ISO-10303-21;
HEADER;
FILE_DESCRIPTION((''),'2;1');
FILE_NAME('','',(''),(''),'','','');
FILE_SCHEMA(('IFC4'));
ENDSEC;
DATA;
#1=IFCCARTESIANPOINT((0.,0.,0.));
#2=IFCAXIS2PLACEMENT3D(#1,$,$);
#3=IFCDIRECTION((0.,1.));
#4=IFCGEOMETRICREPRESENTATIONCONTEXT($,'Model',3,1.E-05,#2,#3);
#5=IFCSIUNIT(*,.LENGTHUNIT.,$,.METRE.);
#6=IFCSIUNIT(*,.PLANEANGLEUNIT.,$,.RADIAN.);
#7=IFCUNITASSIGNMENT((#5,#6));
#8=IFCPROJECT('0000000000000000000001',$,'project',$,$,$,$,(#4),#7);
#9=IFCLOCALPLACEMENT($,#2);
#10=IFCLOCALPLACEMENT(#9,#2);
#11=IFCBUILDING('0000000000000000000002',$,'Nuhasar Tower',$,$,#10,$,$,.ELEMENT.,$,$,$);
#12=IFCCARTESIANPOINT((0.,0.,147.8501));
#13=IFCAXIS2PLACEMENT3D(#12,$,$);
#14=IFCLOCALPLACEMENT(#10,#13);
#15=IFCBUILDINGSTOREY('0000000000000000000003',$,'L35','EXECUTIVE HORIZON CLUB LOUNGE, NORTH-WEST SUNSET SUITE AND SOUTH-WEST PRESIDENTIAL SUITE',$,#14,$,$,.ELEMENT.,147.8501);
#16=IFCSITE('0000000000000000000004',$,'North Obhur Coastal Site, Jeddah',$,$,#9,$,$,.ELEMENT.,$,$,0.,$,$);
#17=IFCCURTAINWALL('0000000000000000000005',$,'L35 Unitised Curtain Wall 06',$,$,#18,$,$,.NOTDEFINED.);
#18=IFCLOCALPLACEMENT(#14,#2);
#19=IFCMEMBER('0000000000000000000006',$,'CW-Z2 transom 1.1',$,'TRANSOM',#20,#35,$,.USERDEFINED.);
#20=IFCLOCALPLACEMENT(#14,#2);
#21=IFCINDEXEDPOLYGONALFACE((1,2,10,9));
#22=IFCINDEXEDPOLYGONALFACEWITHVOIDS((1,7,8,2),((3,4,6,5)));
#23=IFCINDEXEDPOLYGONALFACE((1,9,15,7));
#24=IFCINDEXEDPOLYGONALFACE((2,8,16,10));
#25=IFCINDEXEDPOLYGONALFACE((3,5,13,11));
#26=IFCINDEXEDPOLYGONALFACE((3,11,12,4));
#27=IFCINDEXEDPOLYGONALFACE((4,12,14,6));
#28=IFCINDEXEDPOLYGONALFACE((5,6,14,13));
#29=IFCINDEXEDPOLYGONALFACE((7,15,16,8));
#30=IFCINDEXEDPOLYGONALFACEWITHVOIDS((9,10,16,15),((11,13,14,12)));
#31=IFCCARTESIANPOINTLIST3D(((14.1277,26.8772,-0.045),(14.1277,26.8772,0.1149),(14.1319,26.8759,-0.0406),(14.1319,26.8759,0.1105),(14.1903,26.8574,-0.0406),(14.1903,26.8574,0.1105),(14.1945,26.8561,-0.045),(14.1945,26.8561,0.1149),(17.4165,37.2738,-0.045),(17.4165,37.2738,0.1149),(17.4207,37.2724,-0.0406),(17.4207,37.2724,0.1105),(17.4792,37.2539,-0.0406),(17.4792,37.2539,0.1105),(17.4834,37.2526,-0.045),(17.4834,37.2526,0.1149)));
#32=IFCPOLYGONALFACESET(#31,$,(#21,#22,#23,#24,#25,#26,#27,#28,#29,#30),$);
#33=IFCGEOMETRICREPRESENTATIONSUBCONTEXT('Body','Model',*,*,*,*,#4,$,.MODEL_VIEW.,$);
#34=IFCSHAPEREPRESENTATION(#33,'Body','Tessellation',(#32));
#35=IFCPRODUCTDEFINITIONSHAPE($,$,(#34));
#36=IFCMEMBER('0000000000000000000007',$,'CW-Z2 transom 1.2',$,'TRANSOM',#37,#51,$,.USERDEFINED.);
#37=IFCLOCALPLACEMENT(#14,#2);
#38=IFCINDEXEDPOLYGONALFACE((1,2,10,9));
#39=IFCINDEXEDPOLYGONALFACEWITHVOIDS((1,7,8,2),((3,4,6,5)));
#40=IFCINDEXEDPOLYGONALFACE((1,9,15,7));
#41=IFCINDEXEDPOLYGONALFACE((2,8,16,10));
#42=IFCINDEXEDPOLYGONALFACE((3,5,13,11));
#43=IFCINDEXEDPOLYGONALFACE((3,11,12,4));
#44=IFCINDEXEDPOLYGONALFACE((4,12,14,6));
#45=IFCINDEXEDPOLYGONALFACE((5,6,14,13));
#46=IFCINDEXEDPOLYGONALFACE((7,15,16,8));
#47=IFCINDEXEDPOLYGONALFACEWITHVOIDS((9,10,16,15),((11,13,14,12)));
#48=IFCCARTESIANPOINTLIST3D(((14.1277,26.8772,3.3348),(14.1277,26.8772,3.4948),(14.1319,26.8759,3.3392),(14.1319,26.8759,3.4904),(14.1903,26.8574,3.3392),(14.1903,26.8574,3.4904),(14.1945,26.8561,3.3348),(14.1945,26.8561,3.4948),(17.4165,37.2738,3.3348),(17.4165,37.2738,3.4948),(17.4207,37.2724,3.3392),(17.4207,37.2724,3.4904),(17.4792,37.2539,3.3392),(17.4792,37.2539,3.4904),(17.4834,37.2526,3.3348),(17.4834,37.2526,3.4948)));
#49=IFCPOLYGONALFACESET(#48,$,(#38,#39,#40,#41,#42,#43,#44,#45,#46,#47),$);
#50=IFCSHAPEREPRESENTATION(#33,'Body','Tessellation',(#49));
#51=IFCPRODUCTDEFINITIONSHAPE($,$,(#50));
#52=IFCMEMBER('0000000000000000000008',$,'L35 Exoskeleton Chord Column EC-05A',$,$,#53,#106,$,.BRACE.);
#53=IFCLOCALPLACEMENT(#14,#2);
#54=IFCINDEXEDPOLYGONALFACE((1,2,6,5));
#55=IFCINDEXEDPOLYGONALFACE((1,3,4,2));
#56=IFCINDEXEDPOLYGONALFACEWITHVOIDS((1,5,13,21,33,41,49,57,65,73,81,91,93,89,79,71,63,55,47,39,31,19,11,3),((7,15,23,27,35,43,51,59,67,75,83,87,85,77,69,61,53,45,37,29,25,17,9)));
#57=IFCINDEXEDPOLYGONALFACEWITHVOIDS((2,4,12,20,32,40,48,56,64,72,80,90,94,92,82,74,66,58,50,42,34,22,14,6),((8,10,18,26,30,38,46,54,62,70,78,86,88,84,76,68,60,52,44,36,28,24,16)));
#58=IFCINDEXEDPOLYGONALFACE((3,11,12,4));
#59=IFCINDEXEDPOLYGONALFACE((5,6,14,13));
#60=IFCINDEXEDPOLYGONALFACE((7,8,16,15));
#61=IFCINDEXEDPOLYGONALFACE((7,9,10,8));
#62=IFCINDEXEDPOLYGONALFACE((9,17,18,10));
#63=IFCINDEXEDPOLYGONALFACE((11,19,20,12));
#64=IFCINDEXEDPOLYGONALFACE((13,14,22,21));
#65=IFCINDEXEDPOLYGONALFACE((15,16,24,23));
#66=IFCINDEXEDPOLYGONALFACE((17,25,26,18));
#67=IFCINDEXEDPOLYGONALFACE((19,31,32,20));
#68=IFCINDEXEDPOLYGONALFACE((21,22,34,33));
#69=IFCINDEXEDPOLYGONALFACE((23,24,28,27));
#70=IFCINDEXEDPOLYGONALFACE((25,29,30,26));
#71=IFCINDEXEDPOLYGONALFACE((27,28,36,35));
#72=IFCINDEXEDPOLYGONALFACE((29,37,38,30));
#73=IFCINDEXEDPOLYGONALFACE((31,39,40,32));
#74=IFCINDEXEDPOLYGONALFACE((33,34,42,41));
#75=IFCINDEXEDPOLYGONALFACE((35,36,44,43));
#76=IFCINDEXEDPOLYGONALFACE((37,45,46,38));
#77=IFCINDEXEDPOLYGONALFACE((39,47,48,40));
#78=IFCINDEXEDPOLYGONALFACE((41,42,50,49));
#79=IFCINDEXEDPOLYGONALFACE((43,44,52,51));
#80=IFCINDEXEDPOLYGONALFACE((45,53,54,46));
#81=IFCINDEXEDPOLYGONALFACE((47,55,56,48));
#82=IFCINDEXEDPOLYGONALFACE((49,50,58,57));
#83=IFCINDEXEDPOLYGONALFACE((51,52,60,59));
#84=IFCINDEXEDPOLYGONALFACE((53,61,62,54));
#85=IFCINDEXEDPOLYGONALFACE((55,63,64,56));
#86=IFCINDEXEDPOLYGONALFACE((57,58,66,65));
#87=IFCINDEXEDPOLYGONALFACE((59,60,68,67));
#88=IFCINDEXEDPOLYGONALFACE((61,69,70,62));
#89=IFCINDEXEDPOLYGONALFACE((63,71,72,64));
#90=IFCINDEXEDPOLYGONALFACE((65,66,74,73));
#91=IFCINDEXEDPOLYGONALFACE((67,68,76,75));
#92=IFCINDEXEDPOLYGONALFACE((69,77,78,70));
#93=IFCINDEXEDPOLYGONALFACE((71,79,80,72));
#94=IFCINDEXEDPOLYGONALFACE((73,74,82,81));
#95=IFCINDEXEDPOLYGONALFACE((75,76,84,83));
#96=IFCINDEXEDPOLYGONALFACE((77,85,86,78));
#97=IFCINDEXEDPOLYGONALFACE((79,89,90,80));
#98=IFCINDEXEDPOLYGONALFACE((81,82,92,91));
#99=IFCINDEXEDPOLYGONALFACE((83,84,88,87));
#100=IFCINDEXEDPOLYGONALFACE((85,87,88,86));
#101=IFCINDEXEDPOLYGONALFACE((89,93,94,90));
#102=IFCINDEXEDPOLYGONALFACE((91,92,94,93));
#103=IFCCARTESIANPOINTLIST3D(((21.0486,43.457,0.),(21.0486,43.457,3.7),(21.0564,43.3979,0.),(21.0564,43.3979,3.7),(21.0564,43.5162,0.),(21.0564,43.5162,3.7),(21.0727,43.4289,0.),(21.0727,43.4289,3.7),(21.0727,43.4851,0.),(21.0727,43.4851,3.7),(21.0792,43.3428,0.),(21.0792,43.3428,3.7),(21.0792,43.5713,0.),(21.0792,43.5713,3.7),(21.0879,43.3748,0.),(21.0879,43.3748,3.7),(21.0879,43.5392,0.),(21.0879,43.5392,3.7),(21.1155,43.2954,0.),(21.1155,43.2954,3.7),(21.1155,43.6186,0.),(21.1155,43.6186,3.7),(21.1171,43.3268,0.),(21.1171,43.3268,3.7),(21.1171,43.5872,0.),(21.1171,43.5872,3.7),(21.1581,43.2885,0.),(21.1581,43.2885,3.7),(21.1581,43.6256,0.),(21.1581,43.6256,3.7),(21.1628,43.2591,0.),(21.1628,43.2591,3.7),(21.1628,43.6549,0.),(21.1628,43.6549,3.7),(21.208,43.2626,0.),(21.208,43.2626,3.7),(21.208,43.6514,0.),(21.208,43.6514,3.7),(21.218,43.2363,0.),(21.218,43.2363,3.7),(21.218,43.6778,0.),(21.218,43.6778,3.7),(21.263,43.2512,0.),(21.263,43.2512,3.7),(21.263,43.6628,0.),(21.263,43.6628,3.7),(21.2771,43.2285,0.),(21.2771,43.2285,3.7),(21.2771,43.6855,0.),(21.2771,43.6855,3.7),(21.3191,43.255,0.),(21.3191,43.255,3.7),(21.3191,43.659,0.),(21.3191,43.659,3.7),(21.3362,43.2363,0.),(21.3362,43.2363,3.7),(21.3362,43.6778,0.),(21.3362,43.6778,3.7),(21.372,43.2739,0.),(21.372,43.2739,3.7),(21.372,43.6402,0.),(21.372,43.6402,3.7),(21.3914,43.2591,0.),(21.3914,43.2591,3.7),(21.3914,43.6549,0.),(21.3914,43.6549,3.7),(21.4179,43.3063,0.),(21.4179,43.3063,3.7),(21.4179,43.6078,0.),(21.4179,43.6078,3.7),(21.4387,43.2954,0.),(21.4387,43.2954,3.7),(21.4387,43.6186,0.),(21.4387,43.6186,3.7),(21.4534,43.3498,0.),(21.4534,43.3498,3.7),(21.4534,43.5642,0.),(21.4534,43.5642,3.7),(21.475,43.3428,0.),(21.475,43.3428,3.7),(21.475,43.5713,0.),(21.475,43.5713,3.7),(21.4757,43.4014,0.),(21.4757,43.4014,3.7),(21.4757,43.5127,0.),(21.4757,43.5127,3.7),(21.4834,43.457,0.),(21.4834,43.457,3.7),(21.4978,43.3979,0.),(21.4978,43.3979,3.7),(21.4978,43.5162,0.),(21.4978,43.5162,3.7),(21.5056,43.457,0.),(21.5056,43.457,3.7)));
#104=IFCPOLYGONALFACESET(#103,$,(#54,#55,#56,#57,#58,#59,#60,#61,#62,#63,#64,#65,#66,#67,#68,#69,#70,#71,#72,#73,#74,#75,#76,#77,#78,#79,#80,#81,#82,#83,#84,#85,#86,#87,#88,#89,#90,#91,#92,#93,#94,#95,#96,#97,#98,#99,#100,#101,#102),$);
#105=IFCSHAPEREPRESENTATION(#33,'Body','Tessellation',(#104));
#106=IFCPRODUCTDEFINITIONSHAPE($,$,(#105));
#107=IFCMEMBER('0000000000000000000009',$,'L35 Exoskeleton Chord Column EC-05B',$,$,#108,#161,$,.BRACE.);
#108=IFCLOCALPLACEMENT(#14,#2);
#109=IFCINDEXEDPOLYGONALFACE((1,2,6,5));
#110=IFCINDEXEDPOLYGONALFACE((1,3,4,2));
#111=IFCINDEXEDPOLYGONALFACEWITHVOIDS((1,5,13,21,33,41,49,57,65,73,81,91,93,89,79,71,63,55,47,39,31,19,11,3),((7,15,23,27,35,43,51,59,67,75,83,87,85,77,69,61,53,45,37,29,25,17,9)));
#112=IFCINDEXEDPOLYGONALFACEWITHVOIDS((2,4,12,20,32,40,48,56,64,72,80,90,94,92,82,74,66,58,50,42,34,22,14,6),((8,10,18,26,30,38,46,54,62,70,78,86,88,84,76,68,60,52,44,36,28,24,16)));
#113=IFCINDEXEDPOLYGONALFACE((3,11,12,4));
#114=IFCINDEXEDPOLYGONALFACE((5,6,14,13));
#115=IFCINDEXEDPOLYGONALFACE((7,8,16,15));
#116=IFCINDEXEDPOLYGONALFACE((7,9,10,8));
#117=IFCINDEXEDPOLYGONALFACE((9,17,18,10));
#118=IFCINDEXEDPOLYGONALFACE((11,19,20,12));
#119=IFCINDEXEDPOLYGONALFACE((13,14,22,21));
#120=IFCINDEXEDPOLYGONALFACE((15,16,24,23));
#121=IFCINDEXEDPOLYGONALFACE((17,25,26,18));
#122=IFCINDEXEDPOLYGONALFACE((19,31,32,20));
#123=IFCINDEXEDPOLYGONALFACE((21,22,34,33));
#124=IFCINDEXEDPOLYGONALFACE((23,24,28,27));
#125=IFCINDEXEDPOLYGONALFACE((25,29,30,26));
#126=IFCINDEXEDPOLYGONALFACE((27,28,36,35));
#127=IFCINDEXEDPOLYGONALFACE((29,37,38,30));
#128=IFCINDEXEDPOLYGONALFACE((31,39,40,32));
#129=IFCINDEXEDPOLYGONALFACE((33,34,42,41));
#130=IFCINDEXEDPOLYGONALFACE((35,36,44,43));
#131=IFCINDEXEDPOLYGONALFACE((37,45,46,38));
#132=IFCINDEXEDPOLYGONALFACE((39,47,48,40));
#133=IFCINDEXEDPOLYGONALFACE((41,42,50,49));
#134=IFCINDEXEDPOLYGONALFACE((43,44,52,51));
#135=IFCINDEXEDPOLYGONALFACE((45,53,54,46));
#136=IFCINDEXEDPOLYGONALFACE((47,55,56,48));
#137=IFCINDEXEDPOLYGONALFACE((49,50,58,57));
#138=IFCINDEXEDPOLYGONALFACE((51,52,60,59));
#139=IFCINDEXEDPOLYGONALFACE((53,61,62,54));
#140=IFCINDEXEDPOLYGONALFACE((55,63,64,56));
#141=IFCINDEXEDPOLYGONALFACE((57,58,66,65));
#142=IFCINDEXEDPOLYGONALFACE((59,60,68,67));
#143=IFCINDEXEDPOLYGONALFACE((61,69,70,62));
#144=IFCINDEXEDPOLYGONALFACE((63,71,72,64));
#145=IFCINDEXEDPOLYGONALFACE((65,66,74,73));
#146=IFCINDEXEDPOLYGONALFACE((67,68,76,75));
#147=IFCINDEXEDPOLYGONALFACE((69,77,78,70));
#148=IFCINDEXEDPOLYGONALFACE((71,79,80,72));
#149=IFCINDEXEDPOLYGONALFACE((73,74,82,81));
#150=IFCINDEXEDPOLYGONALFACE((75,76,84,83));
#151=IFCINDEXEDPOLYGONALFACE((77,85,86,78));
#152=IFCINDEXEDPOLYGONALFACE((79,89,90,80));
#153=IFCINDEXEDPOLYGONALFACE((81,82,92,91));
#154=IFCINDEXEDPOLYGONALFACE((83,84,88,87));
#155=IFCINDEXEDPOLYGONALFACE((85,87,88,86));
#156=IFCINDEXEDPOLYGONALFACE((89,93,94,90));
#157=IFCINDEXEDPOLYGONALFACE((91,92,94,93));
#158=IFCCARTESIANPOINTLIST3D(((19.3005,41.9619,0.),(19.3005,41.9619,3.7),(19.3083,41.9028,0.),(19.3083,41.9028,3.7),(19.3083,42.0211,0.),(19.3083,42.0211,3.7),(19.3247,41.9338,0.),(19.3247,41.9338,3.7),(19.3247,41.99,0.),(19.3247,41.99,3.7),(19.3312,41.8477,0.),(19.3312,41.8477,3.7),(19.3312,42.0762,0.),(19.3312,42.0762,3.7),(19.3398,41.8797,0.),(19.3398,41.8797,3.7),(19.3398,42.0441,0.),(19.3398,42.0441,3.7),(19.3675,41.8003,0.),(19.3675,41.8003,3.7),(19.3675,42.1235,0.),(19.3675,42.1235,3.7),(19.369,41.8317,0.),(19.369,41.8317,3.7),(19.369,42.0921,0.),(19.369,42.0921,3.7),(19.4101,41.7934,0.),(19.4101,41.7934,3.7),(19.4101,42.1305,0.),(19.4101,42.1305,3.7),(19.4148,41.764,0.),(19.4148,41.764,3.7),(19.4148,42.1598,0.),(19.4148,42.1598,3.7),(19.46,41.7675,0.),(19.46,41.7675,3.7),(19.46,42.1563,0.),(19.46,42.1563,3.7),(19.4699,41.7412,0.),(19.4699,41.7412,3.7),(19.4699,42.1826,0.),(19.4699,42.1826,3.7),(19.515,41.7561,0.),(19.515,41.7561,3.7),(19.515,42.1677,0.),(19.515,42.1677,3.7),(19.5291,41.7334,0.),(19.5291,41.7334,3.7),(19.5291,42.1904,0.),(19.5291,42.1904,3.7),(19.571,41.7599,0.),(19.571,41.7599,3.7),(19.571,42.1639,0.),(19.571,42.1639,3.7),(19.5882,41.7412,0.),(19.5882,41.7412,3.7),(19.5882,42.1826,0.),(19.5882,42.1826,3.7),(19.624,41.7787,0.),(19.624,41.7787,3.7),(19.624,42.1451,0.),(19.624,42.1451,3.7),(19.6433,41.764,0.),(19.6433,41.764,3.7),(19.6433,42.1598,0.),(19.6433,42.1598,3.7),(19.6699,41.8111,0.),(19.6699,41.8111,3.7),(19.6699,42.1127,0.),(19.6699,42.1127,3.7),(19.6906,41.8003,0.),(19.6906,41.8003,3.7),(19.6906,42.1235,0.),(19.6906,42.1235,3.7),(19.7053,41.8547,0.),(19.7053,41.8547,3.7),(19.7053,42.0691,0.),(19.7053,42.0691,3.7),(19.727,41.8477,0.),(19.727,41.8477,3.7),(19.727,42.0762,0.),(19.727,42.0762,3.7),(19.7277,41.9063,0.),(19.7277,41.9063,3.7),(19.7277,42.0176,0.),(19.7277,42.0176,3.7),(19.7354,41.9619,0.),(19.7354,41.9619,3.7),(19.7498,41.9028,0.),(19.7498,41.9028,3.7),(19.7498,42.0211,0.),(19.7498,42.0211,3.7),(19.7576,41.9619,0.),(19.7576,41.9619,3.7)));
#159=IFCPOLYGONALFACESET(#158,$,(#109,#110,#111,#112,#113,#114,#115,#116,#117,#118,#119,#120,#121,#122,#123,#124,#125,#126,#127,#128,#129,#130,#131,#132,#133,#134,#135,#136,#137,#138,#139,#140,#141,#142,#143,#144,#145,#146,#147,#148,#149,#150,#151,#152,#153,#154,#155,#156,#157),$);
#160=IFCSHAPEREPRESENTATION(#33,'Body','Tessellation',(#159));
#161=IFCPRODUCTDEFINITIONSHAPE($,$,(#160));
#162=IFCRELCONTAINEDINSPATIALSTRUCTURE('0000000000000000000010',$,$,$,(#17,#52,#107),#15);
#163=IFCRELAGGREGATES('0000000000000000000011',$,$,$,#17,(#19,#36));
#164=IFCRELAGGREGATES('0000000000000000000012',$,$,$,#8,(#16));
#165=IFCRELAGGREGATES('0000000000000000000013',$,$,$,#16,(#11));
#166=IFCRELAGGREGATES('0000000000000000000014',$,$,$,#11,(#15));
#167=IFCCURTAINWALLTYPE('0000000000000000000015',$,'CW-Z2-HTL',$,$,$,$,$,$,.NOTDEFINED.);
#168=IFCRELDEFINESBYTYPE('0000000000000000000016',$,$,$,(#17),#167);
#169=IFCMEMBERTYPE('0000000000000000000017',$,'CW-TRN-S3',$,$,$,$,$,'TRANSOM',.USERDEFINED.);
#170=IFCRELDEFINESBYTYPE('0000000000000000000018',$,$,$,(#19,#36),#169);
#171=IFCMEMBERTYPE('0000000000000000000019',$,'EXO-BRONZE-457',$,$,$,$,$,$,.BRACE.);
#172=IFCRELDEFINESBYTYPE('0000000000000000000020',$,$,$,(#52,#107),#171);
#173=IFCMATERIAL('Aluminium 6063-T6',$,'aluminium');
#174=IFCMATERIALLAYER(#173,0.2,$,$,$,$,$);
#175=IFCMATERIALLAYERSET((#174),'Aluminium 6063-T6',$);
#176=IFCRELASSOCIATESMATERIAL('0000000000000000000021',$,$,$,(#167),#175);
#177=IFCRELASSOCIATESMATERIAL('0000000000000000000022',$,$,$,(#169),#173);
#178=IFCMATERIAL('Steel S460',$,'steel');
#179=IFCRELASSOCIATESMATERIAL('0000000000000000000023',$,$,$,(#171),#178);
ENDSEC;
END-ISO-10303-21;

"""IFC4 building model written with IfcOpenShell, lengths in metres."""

from ifc_helpers import new_model, si_unit, direction, frame, origin, origin_2d, place, context, subcontext, project, spatial, hollow_rectangle, hollow_circle, extrude, material, layer, layer_set, material_profile, profile_set, type_object, element, aggregate, save


model = new_model("IFC4")

# Units and contexts
model_context = context("Model", 3, precision=1e-05, world=origin(), true_north=direction((0.0, 1.0)))
body_context = subcontext(model_context, "Body", "Model", "MODEL_VIEW")
ifc_project = project(units=[si_unit("LENGTHUNIT", "METRE"), si_unit("PLANEANGLEUNIT", "RADIAN")], contexts=[model_context])

# Site, building, storey
site_placement = place(None, origin())
site = spatial("IfcSite", under=ifc_project, at=site_placement, Name="North Obhur Coastal Site, Jeddah", CompositionType="ELEMENT", RefElevation=0.0)
building_placement = place(site_placement, origin())
building = spatial("IfcBuilding", under=site, at=building_placement, Name="Nuhasar Tower", CompositionType="ELEMENT")
storey_placement = place(building_placement, frame((0.0, 0.0, 147.8501)))
storey = spatial("IfcBuildingStorey", under=building, at=storey_placement, Name="L35", Description="EXECUTIVE HORIZON CLUB LOUNGE, NORTH-WEST SUNSET SUITE AND SOUTH-WEST PRESIDENTIAL SUITE", CompositionType="ELEMENT", Elevation=147.8501)

# Shared definitions
ifc_material_1 = material(Name="Aluminium 6063-T6", Category="aluminium")
ifc_layer_1 = layer(ifc_material_1, 0.2)
ifc_layer_set_1 = layer_set([ifc_layer_1], Name="Aluminium 6063-T6")
curtain_wall_type = type_object("IfcCurtainWallType", Name="CW-Z2-HTL", PredefinedType="NOTDEFINED", material=ifc_layer_set_1)

# Curtain wall
curtain_wall_1_placement = place(storey_placement, origin())
curtain_wall_1 = element("IfcCurtainWall", 1, at=curtain_wall_1_placement, inside=storey, type_object=curtain_wall_type, Name="L35 Unitised Curtain Wall 06", PredefinedType="NOTDEFINED")

# Members
ifc_material_profile_1 = material_profile(ifc_material_1, hollow_rectangle(XDim=0.0701, YDim=0.1599, WallThickness=0.0044, at=origin_2d()), Name="CWT-3")
ifc_profile_set_1 = profile_set([ifc_material_profile_1], Name="Aluminium 6063-T6")
member_type_1 = type_object("IfcMemberType", Name="CW-TRN-S3", ElementType="TRANSOM", PredefinedType="USERDEFINED", material=ifc_profile_set_1)
member_1_placement = place(storey_placement, frame((17.45, 37.2632, 0.0349), z_axis=(-0.301608, -0.953432, 0.0), x_axis=(0.953432, -0.301608, 0.0)))
member_1 = element("IfcMember", 2, at=member_1_placement, type_object=member_type_1, Name="CW-Z2 transom 1.1", ObjectType="TRANSOM", PredefinedType="USERDEFINED", context=body_context, shape_type="SweptSolid", body=[
    extrude(hollow_rectangle(XDim=0.0701, YDim=0.1599, WallThickness=0.0044, at=origin_2d()), origin(), (0.0, 0.0, 1.0), 10.9043),
])
member_2_placement = place(storey_placement, frame((17.45, 37.2632, 3.4148), z_axis=(-0.301608, -0.953432, 0.0), x_axis=(0.953432, -0.301608, 0.0)))
member_2 = element("IfcMember", 3, at=member_2_placement, type_object=member_type_1, Name="CW-Z2 transom 1.2", ObjectType="TRANSOM", PredefinedType="USERDEFINED", context=body_context, shape_type="SweptSolid", body=[
    extrude(hollow_rectangle(XDim=0.0701, YDim=0.1599, WallThickness=0.0044, at=origin_2d()), origin(), (0.0, 0.0, 1.0), 10.9043),
])
aggregate(curtain_wall_1, [member_1, member_2])

# Members
ifc_material_2 = material(Name="Steel S460", Category="steel")
ifc_material_profile_2 = material_profile(ifc_material_2, hollow_circle(Radius=0.2285, WallThickness=0.0222, at=origin_2d()), Name="HSS457X22.2")
ifc_profile_set_2 = profile_set([ifc_material_profile_2], Name="Steel S460")
member_type_2 = type_object("IfcMemberType", Name="EXO-BRONZE-457", PredefinedType="BRACE", material=ifc_profile_set_2)
for number, where, z_axis, x_axis, name in (
    (4, (21.2771, 43.457, 0.0), (0.0, 0.0, 1.0), (1.0, 0.0, 0.0), "L35 Exoskeleton Chord Column EC-05A"),
    (5, (19.5291, 41.9619, 0.0), (0.0, 0.0, 1.0), (1.0, 0.0, 0.0), "L35 Exoskeleton Chord Column EC-05B"),
):
    element("IfcMember", number, at=place(storey_placement, frame(where, z_axis=z_axis, x_axis=x_axis)), inside=storey, type_object=member_type_2, Name=name, PredefinedType="BRACE", context=body_context, shape_type="SweptSolid", body=[
        extrude(hollow_circle(Radius=0.2285, WallThickness=0.0222, at=origin_2d()), origin(), (0.0, 0.0, 1.0), 3.7),
    ])

save(model, "model.ifc")
